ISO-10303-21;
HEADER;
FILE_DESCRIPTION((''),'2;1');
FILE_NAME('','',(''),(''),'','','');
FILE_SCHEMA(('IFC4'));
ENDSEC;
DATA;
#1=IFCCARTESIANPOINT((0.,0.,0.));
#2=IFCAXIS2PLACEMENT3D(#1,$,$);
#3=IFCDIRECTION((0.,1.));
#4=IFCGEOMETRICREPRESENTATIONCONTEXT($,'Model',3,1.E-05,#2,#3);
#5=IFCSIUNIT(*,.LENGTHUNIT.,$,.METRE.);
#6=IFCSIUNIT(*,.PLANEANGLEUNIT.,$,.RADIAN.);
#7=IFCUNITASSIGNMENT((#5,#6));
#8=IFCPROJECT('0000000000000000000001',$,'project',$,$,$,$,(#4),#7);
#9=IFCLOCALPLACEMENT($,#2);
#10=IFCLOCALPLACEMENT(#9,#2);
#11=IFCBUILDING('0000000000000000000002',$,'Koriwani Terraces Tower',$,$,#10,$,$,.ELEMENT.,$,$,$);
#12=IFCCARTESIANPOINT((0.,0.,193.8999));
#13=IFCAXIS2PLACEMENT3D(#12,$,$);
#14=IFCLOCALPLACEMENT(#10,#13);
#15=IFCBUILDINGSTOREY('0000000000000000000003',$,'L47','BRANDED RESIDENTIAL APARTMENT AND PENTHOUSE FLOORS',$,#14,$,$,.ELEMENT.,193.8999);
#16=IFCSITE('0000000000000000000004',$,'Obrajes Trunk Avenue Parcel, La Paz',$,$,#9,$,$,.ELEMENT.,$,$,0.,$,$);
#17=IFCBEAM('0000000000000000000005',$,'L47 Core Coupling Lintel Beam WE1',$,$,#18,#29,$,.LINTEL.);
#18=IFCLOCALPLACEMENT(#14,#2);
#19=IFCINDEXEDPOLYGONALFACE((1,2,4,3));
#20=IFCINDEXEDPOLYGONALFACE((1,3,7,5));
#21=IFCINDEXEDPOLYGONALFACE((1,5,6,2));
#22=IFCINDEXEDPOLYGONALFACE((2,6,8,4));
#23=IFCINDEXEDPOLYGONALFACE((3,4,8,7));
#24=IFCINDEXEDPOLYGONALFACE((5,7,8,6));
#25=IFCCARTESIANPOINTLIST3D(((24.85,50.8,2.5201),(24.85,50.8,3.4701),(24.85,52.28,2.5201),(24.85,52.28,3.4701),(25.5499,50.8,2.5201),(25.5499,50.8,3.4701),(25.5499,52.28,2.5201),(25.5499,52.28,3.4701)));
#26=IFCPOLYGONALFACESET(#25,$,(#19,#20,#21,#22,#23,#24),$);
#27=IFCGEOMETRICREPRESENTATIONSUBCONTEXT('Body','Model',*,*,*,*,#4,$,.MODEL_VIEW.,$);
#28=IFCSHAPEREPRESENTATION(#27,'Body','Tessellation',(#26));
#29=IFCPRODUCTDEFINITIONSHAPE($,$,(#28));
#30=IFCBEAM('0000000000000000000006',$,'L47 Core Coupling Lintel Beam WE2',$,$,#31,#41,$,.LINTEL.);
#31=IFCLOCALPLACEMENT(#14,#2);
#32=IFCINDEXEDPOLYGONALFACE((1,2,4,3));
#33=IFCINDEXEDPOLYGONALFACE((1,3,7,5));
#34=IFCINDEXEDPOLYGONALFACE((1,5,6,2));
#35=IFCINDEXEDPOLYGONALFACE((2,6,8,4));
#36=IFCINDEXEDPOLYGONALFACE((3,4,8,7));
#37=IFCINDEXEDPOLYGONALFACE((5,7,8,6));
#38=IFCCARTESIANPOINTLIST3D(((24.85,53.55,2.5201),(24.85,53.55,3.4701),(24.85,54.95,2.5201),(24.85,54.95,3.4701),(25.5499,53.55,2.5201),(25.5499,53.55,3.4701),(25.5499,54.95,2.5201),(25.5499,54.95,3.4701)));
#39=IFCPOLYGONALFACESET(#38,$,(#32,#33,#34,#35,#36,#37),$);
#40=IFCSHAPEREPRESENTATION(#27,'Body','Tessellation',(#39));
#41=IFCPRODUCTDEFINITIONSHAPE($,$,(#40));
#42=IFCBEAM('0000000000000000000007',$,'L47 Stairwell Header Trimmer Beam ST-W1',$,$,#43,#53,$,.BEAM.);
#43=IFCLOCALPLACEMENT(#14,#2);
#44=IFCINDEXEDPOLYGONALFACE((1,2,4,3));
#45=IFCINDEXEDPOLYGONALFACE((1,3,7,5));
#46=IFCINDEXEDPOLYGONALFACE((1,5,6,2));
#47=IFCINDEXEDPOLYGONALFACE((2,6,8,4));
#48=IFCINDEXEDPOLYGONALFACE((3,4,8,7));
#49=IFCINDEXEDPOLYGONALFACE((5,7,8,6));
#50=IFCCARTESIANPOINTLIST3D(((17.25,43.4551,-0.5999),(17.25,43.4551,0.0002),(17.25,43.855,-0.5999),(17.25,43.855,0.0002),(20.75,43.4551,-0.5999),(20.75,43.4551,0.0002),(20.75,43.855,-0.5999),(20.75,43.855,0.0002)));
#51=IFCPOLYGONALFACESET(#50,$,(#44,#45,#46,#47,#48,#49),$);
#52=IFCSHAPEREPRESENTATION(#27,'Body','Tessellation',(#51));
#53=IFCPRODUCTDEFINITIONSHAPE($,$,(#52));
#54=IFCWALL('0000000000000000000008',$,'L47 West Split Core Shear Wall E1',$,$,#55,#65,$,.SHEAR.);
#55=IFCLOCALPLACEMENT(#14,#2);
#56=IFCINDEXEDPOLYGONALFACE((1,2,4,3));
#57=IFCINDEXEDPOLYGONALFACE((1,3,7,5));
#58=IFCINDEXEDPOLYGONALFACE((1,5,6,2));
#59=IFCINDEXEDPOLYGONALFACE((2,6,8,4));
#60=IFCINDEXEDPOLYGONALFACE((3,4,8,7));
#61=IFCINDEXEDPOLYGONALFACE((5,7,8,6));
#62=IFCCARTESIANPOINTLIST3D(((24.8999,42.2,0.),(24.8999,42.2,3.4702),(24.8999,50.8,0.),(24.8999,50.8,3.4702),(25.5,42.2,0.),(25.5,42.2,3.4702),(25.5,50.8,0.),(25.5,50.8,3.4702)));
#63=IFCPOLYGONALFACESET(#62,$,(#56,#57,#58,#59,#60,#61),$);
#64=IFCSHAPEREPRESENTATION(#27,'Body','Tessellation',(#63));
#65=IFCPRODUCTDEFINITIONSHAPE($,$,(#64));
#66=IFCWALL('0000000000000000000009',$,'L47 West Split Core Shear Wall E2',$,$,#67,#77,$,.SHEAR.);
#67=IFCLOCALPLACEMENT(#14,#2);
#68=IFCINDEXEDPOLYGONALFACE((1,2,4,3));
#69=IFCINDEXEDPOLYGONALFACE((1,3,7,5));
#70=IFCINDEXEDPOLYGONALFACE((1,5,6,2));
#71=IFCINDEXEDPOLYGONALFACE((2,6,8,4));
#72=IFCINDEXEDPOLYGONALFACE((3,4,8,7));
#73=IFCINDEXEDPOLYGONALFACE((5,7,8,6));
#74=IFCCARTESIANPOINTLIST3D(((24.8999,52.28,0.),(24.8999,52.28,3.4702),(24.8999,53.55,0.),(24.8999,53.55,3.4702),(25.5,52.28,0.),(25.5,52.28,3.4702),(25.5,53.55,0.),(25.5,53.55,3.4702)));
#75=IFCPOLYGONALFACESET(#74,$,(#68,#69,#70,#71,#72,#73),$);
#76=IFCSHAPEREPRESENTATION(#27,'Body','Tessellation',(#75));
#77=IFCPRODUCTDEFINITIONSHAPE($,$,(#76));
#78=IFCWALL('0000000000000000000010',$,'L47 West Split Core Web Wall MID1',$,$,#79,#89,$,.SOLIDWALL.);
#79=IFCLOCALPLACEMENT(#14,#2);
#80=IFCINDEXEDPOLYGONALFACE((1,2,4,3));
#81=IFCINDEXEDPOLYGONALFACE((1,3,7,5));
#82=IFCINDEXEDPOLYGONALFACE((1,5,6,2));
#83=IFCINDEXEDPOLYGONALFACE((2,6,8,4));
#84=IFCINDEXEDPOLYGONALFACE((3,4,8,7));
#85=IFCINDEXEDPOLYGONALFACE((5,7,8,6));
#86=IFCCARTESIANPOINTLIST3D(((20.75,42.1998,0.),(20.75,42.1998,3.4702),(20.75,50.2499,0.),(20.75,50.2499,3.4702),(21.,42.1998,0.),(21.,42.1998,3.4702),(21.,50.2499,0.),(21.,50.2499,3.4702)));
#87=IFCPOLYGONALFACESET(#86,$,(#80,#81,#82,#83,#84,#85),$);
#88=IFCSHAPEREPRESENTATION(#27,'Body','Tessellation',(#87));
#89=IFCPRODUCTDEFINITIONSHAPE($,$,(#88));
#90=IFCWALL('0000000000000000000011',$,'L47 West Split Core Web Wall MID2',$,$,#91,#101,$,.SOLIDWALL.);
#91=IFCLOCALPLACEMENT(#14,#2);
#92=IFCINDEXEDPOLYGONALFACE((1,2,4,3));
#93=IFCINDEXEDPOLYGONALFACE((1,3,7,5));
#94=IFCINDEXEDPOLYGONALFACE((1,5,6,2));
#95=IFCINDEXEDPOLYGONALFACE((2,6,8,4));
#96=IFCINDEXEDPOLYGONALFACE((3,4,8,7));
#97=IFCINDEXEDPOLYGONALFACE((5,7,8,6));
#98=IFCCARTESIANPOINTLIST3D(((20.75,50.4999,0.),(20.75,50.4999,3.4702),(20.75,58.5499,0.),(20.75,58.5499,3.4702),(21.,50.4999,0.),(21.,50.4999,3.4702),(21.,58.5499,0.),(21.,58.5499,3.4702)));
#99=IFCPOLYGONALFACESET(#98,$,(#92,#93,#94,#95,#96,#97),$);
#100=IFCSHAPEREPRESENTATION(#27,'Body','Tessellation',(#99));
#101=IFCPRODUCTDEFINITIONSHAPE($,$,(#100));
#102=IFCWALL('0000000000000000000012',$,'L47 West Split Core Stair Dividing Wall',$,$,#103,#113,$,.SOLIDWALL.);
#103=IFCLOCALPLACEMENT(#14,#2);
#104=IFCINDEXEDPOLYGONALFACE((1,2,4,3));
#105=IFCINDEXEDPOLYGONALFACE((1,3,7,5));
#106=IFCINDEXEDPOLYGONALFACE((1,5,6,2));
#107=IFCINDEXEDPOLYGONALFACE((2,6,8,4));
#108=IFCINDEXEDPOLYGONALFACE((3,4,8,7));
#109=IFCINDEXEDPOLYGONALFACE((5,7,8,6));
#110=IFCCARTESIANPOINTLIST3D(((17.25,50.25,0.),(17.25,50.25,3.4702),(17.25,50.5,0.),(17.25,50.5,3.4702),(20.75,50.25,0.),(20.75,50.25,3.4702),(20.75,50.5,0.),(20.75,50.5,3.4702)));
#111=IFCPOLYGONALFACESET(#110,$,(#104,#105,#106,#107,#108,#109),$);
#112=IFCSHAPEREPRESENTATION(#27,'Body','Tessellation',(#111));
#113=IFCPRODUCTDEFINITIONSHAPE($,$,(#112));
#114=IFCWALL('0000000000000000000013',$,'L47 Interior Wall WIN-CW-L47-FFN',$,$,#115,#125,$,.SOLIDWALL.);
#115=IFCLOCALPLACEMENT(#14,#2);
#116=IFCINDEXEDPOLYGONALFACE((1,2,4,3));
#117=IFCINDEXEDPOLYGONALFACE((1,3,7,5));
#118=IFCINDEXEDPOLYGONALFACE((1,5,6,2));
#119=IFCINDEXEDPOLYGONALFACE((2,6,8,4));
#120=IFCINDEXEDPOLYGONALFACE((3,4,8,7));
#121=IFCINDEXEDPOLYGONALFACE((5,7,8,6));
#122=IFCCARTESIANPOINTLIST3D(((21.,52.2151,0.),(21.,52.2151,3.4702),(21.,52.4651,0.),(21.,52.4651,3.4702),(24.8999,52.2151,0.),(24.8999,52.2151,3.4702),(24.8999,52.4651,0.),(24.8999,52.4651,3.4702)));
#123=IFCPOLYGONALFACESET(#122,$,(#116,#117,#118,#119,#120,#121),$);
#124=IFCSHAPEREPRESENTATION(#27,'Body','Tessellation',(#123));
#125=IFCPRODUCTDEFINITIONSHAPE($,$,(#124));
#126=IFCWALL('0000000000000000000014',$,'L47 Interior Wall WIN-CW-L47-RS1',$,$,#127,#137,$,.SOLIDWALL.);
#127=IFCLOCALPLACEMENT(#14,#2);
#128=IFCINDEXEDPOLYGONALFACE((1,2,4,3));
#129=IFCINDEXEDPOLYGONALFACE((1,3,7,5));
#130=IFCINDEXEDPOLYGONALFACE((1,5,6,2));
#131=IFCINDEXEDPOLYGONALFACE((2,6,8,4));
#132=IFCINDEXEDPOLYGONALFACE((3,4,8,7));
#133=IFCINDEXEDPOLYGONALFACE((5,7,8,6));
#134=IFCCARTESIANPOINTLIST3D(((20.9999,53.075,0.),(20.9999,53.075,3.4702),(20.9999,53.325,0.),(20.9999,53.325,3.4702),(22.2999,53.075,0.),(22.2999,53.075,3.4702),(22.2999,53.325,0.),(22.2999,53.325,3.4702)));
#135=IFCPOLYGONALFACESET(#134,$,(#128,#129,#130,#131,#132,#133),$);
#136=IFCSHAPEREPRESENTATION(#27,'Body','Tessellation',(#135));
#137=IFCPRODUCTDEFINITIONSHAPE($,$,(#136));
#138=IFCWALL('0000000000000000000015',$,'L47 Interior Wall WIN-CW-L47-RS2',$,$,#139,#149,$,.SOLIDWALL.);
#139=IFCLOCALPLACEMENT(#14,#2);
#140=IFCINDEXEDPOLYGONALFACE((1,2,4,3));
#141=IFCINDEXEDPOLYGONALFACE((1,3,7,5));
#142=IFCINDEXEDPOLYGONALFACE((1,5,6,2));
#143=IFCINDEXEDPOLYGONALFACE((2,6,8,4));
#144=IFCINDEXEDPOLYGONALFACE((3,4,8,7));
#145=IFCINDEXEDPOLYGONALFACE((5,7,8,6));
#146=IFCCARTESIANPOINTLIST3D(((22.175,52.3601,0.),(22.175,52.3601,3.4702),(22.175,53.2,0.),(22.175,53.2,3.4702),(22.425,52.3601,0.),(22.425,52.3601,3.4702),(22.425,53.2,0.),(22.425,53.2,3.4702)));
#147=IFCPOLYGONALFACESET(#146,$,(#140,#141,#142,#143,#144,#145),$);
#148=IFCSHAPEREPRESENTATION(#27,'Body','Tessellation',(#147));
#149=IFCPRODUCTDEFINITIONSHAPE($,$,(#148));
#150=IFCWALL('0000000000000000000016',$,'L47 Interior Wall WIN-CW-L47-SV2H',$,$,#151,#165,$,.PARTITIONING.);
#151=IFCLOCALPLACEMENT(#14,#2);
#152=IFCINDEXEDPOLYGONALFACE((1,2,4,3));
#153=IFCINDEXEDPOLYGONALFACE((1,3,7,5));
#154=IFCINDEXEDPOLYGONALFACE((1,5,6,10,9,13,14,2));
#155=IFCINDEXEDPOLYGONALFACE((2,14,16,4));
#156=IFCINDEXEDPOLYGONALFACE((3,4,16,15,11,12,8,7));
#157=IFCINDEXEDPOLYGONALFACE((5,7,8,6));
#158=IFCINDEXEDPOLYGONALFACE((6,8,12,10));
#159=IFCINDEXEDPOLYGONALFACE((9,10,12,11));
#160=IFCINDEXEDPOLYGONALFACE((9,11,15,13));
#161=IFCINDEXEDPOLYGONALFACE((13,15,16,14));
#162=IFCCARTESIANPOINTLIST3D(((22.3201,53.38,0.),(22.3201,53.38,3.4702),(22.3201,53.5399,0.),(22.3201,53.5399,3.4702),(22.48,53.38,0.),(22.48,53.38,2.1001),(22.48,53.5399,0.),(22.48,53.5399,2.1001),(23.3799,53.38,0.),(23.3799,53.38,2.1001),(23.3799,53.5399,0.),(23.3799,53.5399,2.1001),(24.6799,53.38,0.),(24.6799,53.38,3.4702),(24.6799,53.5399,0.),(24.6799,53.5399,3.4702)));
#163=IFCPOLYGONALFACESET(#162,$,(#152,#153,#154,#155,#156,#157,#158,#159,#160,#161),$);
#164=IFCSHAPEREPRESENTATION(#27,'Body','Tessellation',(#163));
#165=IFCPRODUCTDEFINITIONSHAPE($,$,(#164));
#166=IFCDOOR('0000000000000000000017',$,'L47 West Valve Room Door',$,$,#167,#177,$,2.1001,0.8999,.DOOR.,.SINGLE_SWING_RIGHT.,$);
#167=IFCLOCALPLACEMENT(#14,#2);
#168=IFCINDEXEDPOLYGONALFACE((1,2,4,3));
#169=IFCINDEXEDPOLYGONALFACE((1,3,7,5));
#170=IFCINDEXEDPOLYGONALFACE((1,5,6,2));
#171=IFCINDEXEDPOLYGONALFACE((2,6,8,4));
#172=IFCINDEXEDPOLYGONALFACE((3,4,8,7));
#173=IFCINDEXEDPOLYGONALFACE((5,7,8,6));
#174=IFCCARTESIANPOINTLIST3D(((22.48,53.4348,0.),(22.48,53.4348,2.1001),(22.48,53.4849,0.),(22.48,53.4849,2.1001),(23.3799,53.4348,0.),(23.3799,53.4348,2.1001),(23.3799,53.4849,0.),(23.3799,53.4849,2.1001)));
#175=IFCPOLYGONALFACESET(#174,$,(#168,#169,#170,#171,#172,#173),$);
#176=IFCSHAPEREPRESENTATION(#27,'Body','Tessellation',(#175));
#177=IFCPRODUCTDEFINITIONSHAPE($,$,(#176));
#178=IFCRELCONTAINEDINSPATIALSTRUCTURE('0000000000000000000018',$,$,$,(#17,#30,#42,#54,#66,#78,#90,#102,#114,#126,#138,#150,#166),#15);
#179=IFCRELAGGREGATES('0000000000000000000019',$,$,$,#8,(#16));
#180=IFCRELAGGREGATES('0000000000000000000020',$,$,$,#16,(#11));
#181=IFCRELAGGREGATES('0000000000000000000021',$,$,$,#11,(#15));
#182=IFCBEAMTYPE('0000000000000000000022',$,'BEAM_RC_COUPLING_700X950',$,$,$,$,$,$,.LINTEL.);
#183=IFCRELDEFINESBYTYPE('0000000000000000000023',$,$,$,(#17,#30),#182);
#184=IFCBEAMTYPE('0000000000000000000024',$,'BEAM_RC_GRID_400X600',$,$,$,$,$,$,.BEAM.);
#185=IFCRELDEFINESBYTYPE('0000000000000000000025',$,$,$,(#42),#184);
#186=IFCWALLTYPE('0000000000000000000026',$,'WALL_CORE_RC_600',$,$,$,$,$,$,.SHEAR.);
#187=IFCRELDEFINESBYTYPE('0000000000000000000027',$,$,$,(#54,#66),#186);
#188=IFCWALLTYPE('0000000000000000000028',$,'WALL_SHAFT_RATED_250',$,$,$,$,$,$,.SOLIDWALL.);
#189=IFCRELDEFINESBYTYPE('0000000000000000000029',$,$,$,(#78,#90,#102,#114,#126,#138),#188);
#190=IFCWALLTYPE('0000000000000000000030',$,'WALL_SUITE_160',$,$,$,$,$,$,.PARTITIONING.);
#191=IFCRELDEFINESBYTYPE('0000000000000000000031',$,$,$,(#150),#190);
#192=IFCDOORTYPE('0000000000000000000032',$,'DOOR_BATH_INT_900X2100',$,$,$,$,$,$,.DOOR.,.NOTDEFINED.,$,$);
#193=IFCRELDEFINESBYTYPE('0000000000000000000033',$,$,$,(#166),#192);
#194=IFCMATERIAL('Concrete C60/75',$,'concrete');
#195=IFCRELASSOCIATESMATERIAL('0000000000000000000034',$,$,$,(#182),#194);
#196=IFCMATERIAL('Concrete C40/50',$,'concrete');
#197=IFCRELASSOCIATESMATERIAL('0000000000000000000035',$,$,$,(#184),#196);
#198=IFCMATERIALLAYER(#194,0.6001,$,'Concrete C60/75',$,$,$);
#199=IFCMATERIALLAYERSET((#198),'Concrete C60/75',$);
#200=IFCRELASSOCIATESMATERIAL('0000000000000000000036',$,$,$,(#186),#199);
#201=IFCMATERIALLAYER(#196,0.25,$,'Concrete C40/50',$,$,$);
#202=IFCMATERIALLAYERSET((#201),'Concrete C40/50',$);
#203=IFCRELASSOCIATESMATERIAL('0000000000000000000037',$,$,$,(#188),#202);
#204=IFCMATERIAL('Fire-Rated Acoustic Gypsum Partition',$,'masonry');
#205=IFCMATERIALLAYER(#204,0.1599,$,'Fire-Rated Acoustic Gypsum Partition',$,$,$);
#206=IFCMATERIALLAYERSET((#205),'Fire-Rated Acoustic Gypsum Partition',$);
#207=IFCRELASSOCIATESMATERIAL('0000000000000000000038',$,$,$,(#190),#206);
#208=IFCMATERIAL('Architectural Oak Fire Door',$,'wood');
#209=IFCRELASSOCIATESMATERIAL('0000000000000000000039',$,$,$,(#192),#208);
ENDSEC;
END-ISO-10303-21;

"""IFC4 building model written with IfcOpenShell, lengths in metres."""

from ifc_helpers import new_model, si_unit, direction, frame, frame_2d, origin, origin_2d, place, context, subcontext, project, spatial, rectangle, extrude, material, layer, layer_set, material_profile, profile_set, type_object, element, fill, save


model = new_model("IFC4")

# Units and contexts
model_context = context("Model", 3, precision=1e-05, world=origin(), true_north=direction((0.0, 1.0)))
body_context = subcontext(model_context, "Body", "Model", "MODEL_VIEW")
ifc_project = project(units=[si_unit("LENGTHUNIT", "METRE"), si_unit("PLANEANGLEUNIT", "RADIAN")], contexts=[model_context])

# Site, building, storey
site_placement = place(None, origin())
site = spatial("IfcSite", under=ifc_project, at=site_placement, Name="Obrajes Trunk Avenue Parcel, La Paz", CompositionType="ELEMENT", RefElevation=0.0)
building_placement = place(site_placement, origin())
building = spatial("IfcBuilding", under=site, at=building_placement, Name="Koriwani Terraces Tower", CompositionType="ELEMENT")
storey_placement = place(building_placement, frame((0.0, 0.0, 193.8999)))
storey = spatial("IfcBuildingStorey", under=building, at=storey_placement, Name="L47", Description="BRANDED RESIDENTIAL APARTMENT AND PENTHOUSE FLOORS", CompositionType="ELEMENT", Elevation=193.8999)

# Beams
ifc_material_1 = material(Name="Concrete C60/75", Category="concrete")
ifc_material_profile_1 = material_profile(ifc_material_1, rectangle(XDim=0.7, YDim=0.95, at=origin_2d()), Name="Concrete C60/75", Category="LoadBearing")
ifc_profile_set_1 = profile_set([ifc_material_profile_1], Name="Concrete C60/75")
beam_type_1 = type_object("IfcBeamType", Name="BEAM_RC_COUPLING_700X950", PredefinedType="LINTEL", material=ifc_profile_set_1)
beam_1_placement = place(storey_placement, frame((25.2, 50.8, 2.9951), z_axis=(0.0, 1.0, 0.0), x_axis=(-1.0, 0.0, 0.0)))
element("IfcBeam", 1, at=beam_1_placement, inside=storey, type_object=beam_type_1, Name="L47 Core Coupling Lintel Beam WE1", PredefinedType="LINTEL", context=body_context, shape_type="SweptSolid", body=[
    extrude(rectangle(XDim=0.7, YDim=0.95, at=origin_2d()), origin(), (0.0, 0.0, 1.0), 1.48),
])
beam_2_placement = place(storey_placement, frame((25.2, 53.55, 2.9951), z_axis=(0.0, 1.0, 0.0), x_axis=(-1.0, 0.0, 0.0)))
element("IfcBeam", 2, at=beam_2_placement, inside=storey, type_object=beam_type_1, Name="L47 Core Coupling Lintel Beam WE2", PredefinedType="LINTEL", context=body_context, shape_type="SweptSolid", body=[
    extrude(rectangle(XDim=0.7, YDim=0.95, at=origin_2d()), origin(), (0.0, 0.0, 1.0), 1.3999),
])
ifc_material_2 = material(Name="Concrete C40/50", Category="concrete")
ifc_material_profile_2 = material_profile(ifc_material_2, rectangle(XDim=0.3999, YDim=0.6001, at=origin_2d()), Name="Concrete C40/50", Category="LoadBearing")
ifc_profile_set_2 = profile_set([ifc_material_profile_2], Name="Concrete C40/50")
beam_type_2 = type_object("IfcBeamType", Name="BEAM_RC_GRID_400X600", PredefinedType="BEAM", material=ifc_profile_set_2)
beam_3_placement = place(storey_placement, frame((17.25, 43.655, -0.2998), z_axis=(1.0, 0.0, 0.0), x_axis=(0.0, 1.0, 0.0)))
element("IfcBeam", 3, at=beam_3_placement, inside=storey, type_object=beam_type_2, Name="L47 Stairwell Header Trimmer Beam ST-W1", PredefinedType="BEAM", context=body_context, shape_type="SweptSolid", body=[
    extrude(rectangle(XDim=0.3999, YDim=0.6001, at=origin_2d()), origin(), (0.0, 0.0, 1.0), 3.5),
])

# Walls
ifc_layer_1 = layer(ifc_material_1, 0.6001, Name="Concrete C60/75")
ifc_layer_set_1 = layer_set([ifc_layer_1], Name="Concrete C60/75")
wall_type_1 = type_object("IfcWallType", Name="WALL_CORE_RC_600", PredefinedType="SHEAR", material=ifc_layer_set_1)
wall_1_placement = place(storey_placement, frame((25.2, 42.2, 0.0), z_axis=(0.0, 0.0, 1.0), x_axis=(0.0, 1.0, 0.0)))
element("IfcWall", 4, at=wall_1_placement, inside=storey, type_object=wall_type_1, Name="L47 West Split Core Shear Wall E1", PredefinedType="SHEAR", context=body_context, shape_type="SweptSolid", body=[
    extrude(rectangle(XDim=8.6001, YDim=0.6001, at=frame_2d((4.3, 0.0))), origin(), (0.0, 0.0, 1.0), 3.4702),
])
wall_2_placement = place(storey_placement, frame((25.2, 52.28, 0.0), z_axis=(0.0, 0.0, 1.0), x_axis=(0.0, 1.0, 0.0)))
element("IfcWall", 5, at=wall_2_placement, inside=storey, type_object=wall_type_1, Name="L47 West Split Core Shear Wall E2", PredefinedType="SHEAR", context=body_context, shape_type="SweptSolid", body=[
    extrude(rectangle(XDim=1.27, YDim=0.6001, at=frame_2d((0.635, 0.0))), origin(), (0.0, 0.0, 1.0), 3.4702),
])
ifc_layer_2 = layer(ifc_material_2, 0.25, Name="Concrete C40/50")
ifc_layer_set_2 = layer_set([ifc_layer_2], Name="Concrete C40/50")
wall_type_2 = type_object("IfcWallType", Name="WALL_SHAFT_RATED_250", PredefinedType="SOLIDWALL", material=ifc_layer_set_2)
for number, where, z_axis, x_axis, name in (
    (6, (20.875, 42.2, 0.0), (0.0, 0.0, 1.0), (0.0, 1.0, 0.0), "L47 West Split Core Web Wall MID1"),
    (7, (20.875, 50.5, 0.0), (0.0, 0.0, 1.0), (0.0, 1.0, 0.0), "L47 West Split Core Web Wall MID2"),
):
    element("IfcWall", number, at=place(storey_placement, frame(where, z_axis=z_axis, x_axis=x_axis)), inside=storey, type_object=wall_type_2, Name=name, PredefinedType="SOLIDWALL", context=body_context, shape_type="SweptSolid", body=[
        extrude(rectangle(XDim=8.05, YDim=0.25, at=frame_2d((4.0249, 0.0))), origin(), (0.0, 0.0, 1.0), 3.4702),
    ])
wall_3_placement = place(storey_placement, frame((17.25, 50.375, 0.0), z_axis=(0.0, 0.0, 1.0), x_axis=(1.0, 0.0, 0.0)))
element("IfcWall", 8, at=wall_3_placement, inside=storey, type_object=wall_type_2, Name="L47 West Split Core Stair Dividing Wall", PredefinedType="SOLIDWALL", context=body_context, shape_type="SweptSolid", body=[
    extrude(rectangle(XDim=3.5, YDim=0.25, at=frame_2d((1.75, 0.0))), origin(), (0.0, 0.0, 1.0), 3.4702),
])

# Walls
wall_4_placement = place(storey_placement, frame((21.0, 52.3401, 0.0), z_axis=(0.0, 0.0, 1.0), x_axis=(1.0, 0.0, 0.0)))
element("IfcWall", 9, at=wall_4_placement, inside=storey, type_object=wall_type_2, Name="L47 Interior Wall WIN-CW-L47-FFN", PredefinedType="SOLIDWALL", context=body_context, shape_type="SweptSolid", body=[
    extrude(rectangle(XDim=3.8999, YDim=0.25, at=frame_2d((1.95, 0.0))), origin(), (0.0, 0.0, 1.0), 3.4702),
])
wall_5_placement = place(storey_placement, frame((21.0, 53.2, 0.0), z_axis=(0.0, 0.0, 1.0), x_axis=(1.0, 0.0, 0.0)))
element("IfcWall", 10, at=wall_5_placement, inside=storey, type_object=wall_type_2, Name="L47 Interior Wall WIN-CW-L47-RS1", PredefinedType="SOLIDWALL", context=body_context, shape_type="SweptSolid", body=[
    extrude(rectangle(XDim=1.3, YDim=0.25, at=frame_2d((0.6499, 0.0))), origin(), (0.0, 0.0, 1.0), 3.4702),
])
wall_6_placement = place(storey_placement, frame((22.3, 52.3601, 0.0), z_axis=(0.0, 0.0, 1.0), x_axis=(0.0, 1.0, 0.0)))
element("IfcWall", 11, at=wall_6_placement, inside=storey, type_object=wall_type_2, Name="L47 Interior Wall WIN-CW-L47-RS2", PredefinedType="SOLIDWALL", context=body_context, shape_type="SweptSolid", body=[
    extrude(rectangle(XDim=0.8398, YDim=0.25, at=frame_2d((0.4199, 0.0))), origin(), (0.0, 0.0, 1.0), 3.4702),
])

# Wall, opening, door
ifc_material_3 = material(Name="Fire-Rated Acoustic Gypsum Partition", Category="masonry")
ifc_layer_3 = layer(ifc_material_3, 0.1599, Name="Fire-Rated Acoustic Gypsum Partition")
ifc_layer_set_3 = layer_set([ifc_layer_3], Name="Fire-Rated Acoustic Gypsum Partition")
wall_type_3 = type_object("IfcWallType", Name="WALL_SUITE_160", PredefinedType="PARTITIONING", material=ifc_layer_set_3)
wall_7_placement = place(storey_placement, frame((22.3201, 53.46, 0.0), z_axis=(0.0, 0.0, 1.0), x_axis=(1.0, 0.0, 0.0)))
wall_7 = element("IfcWall", 12, at=wall_7_placement, inside=storey, type_object=wall_type_3, Name="L47 Interior Wall WIN-CW-L47-SV2H", PredefinedType="PARTITIONING", context=body_context, shape_type="SweptSolid", body=[
    extrude(rectangle(XDim=2.3599, YDim=0.1599, at=frame_2d((1.1799, 0.0))), origin(), (0.0, 0.0, 1.0), 3.4702),
])
opening_1_placement = place(wall_7_placement, frame((0.1599, 0.0, 0.0)))
opening_1 = element("IfcOpeningElement", 13, at=opening_1_placement, cuts=wall_7, PredefinedType="OPENING", context=body_context, shape_type="SweptSolid", body=[
    extrude(rectangle(XDim=0.8999, YDim=2.1001, at=frame_2d((0.45, 1.05))), frame((0.0, 0.0898, 0.0), z_axis=(0.0, -1.0, 0.0), x_axis=(1.0, 0.0, 0.0)), (0.0, 0.0, 1.0), 0.1799),
])
ifc_material_4 = material(Name="Architectural Oak Fire Door", Category="wood")
door_type_1 = type_object("IfcDoorType", Name="DOOR_BATH_INT_900X2100", OperationType="NOTDEFINED", PredefinedType="DOOR", material=ifc_material_4)
door_1_placement = place(opening_1_placement, origin())
door_1 = element("IfcDoor", 14, at=door_1_placement, inside=storey, type_object=door_type_1, Name="L47 West Valve Room Door", OperationType="SINGLE_SWING_RIGHT", OverallHeight=2.1001, OverallWidth=0.8999, PredefinedType="DOOR", context=body_context, shape_type="SweptSolid", body=[
    extrude(rectangle(XDim=0.8999, YDim=2.1001, at=frame_2d((0.45, 1.05))), frame((0.0, 0.0249, 0.0), z_axis=(0.0, -1.0, 0.0), x_axis=(1.0, 0.0, 0.0)), (0.0, 0.0, 1.0), 0.05),
])
fill(opening_1, door_1)

save(model, "model.ifc")
